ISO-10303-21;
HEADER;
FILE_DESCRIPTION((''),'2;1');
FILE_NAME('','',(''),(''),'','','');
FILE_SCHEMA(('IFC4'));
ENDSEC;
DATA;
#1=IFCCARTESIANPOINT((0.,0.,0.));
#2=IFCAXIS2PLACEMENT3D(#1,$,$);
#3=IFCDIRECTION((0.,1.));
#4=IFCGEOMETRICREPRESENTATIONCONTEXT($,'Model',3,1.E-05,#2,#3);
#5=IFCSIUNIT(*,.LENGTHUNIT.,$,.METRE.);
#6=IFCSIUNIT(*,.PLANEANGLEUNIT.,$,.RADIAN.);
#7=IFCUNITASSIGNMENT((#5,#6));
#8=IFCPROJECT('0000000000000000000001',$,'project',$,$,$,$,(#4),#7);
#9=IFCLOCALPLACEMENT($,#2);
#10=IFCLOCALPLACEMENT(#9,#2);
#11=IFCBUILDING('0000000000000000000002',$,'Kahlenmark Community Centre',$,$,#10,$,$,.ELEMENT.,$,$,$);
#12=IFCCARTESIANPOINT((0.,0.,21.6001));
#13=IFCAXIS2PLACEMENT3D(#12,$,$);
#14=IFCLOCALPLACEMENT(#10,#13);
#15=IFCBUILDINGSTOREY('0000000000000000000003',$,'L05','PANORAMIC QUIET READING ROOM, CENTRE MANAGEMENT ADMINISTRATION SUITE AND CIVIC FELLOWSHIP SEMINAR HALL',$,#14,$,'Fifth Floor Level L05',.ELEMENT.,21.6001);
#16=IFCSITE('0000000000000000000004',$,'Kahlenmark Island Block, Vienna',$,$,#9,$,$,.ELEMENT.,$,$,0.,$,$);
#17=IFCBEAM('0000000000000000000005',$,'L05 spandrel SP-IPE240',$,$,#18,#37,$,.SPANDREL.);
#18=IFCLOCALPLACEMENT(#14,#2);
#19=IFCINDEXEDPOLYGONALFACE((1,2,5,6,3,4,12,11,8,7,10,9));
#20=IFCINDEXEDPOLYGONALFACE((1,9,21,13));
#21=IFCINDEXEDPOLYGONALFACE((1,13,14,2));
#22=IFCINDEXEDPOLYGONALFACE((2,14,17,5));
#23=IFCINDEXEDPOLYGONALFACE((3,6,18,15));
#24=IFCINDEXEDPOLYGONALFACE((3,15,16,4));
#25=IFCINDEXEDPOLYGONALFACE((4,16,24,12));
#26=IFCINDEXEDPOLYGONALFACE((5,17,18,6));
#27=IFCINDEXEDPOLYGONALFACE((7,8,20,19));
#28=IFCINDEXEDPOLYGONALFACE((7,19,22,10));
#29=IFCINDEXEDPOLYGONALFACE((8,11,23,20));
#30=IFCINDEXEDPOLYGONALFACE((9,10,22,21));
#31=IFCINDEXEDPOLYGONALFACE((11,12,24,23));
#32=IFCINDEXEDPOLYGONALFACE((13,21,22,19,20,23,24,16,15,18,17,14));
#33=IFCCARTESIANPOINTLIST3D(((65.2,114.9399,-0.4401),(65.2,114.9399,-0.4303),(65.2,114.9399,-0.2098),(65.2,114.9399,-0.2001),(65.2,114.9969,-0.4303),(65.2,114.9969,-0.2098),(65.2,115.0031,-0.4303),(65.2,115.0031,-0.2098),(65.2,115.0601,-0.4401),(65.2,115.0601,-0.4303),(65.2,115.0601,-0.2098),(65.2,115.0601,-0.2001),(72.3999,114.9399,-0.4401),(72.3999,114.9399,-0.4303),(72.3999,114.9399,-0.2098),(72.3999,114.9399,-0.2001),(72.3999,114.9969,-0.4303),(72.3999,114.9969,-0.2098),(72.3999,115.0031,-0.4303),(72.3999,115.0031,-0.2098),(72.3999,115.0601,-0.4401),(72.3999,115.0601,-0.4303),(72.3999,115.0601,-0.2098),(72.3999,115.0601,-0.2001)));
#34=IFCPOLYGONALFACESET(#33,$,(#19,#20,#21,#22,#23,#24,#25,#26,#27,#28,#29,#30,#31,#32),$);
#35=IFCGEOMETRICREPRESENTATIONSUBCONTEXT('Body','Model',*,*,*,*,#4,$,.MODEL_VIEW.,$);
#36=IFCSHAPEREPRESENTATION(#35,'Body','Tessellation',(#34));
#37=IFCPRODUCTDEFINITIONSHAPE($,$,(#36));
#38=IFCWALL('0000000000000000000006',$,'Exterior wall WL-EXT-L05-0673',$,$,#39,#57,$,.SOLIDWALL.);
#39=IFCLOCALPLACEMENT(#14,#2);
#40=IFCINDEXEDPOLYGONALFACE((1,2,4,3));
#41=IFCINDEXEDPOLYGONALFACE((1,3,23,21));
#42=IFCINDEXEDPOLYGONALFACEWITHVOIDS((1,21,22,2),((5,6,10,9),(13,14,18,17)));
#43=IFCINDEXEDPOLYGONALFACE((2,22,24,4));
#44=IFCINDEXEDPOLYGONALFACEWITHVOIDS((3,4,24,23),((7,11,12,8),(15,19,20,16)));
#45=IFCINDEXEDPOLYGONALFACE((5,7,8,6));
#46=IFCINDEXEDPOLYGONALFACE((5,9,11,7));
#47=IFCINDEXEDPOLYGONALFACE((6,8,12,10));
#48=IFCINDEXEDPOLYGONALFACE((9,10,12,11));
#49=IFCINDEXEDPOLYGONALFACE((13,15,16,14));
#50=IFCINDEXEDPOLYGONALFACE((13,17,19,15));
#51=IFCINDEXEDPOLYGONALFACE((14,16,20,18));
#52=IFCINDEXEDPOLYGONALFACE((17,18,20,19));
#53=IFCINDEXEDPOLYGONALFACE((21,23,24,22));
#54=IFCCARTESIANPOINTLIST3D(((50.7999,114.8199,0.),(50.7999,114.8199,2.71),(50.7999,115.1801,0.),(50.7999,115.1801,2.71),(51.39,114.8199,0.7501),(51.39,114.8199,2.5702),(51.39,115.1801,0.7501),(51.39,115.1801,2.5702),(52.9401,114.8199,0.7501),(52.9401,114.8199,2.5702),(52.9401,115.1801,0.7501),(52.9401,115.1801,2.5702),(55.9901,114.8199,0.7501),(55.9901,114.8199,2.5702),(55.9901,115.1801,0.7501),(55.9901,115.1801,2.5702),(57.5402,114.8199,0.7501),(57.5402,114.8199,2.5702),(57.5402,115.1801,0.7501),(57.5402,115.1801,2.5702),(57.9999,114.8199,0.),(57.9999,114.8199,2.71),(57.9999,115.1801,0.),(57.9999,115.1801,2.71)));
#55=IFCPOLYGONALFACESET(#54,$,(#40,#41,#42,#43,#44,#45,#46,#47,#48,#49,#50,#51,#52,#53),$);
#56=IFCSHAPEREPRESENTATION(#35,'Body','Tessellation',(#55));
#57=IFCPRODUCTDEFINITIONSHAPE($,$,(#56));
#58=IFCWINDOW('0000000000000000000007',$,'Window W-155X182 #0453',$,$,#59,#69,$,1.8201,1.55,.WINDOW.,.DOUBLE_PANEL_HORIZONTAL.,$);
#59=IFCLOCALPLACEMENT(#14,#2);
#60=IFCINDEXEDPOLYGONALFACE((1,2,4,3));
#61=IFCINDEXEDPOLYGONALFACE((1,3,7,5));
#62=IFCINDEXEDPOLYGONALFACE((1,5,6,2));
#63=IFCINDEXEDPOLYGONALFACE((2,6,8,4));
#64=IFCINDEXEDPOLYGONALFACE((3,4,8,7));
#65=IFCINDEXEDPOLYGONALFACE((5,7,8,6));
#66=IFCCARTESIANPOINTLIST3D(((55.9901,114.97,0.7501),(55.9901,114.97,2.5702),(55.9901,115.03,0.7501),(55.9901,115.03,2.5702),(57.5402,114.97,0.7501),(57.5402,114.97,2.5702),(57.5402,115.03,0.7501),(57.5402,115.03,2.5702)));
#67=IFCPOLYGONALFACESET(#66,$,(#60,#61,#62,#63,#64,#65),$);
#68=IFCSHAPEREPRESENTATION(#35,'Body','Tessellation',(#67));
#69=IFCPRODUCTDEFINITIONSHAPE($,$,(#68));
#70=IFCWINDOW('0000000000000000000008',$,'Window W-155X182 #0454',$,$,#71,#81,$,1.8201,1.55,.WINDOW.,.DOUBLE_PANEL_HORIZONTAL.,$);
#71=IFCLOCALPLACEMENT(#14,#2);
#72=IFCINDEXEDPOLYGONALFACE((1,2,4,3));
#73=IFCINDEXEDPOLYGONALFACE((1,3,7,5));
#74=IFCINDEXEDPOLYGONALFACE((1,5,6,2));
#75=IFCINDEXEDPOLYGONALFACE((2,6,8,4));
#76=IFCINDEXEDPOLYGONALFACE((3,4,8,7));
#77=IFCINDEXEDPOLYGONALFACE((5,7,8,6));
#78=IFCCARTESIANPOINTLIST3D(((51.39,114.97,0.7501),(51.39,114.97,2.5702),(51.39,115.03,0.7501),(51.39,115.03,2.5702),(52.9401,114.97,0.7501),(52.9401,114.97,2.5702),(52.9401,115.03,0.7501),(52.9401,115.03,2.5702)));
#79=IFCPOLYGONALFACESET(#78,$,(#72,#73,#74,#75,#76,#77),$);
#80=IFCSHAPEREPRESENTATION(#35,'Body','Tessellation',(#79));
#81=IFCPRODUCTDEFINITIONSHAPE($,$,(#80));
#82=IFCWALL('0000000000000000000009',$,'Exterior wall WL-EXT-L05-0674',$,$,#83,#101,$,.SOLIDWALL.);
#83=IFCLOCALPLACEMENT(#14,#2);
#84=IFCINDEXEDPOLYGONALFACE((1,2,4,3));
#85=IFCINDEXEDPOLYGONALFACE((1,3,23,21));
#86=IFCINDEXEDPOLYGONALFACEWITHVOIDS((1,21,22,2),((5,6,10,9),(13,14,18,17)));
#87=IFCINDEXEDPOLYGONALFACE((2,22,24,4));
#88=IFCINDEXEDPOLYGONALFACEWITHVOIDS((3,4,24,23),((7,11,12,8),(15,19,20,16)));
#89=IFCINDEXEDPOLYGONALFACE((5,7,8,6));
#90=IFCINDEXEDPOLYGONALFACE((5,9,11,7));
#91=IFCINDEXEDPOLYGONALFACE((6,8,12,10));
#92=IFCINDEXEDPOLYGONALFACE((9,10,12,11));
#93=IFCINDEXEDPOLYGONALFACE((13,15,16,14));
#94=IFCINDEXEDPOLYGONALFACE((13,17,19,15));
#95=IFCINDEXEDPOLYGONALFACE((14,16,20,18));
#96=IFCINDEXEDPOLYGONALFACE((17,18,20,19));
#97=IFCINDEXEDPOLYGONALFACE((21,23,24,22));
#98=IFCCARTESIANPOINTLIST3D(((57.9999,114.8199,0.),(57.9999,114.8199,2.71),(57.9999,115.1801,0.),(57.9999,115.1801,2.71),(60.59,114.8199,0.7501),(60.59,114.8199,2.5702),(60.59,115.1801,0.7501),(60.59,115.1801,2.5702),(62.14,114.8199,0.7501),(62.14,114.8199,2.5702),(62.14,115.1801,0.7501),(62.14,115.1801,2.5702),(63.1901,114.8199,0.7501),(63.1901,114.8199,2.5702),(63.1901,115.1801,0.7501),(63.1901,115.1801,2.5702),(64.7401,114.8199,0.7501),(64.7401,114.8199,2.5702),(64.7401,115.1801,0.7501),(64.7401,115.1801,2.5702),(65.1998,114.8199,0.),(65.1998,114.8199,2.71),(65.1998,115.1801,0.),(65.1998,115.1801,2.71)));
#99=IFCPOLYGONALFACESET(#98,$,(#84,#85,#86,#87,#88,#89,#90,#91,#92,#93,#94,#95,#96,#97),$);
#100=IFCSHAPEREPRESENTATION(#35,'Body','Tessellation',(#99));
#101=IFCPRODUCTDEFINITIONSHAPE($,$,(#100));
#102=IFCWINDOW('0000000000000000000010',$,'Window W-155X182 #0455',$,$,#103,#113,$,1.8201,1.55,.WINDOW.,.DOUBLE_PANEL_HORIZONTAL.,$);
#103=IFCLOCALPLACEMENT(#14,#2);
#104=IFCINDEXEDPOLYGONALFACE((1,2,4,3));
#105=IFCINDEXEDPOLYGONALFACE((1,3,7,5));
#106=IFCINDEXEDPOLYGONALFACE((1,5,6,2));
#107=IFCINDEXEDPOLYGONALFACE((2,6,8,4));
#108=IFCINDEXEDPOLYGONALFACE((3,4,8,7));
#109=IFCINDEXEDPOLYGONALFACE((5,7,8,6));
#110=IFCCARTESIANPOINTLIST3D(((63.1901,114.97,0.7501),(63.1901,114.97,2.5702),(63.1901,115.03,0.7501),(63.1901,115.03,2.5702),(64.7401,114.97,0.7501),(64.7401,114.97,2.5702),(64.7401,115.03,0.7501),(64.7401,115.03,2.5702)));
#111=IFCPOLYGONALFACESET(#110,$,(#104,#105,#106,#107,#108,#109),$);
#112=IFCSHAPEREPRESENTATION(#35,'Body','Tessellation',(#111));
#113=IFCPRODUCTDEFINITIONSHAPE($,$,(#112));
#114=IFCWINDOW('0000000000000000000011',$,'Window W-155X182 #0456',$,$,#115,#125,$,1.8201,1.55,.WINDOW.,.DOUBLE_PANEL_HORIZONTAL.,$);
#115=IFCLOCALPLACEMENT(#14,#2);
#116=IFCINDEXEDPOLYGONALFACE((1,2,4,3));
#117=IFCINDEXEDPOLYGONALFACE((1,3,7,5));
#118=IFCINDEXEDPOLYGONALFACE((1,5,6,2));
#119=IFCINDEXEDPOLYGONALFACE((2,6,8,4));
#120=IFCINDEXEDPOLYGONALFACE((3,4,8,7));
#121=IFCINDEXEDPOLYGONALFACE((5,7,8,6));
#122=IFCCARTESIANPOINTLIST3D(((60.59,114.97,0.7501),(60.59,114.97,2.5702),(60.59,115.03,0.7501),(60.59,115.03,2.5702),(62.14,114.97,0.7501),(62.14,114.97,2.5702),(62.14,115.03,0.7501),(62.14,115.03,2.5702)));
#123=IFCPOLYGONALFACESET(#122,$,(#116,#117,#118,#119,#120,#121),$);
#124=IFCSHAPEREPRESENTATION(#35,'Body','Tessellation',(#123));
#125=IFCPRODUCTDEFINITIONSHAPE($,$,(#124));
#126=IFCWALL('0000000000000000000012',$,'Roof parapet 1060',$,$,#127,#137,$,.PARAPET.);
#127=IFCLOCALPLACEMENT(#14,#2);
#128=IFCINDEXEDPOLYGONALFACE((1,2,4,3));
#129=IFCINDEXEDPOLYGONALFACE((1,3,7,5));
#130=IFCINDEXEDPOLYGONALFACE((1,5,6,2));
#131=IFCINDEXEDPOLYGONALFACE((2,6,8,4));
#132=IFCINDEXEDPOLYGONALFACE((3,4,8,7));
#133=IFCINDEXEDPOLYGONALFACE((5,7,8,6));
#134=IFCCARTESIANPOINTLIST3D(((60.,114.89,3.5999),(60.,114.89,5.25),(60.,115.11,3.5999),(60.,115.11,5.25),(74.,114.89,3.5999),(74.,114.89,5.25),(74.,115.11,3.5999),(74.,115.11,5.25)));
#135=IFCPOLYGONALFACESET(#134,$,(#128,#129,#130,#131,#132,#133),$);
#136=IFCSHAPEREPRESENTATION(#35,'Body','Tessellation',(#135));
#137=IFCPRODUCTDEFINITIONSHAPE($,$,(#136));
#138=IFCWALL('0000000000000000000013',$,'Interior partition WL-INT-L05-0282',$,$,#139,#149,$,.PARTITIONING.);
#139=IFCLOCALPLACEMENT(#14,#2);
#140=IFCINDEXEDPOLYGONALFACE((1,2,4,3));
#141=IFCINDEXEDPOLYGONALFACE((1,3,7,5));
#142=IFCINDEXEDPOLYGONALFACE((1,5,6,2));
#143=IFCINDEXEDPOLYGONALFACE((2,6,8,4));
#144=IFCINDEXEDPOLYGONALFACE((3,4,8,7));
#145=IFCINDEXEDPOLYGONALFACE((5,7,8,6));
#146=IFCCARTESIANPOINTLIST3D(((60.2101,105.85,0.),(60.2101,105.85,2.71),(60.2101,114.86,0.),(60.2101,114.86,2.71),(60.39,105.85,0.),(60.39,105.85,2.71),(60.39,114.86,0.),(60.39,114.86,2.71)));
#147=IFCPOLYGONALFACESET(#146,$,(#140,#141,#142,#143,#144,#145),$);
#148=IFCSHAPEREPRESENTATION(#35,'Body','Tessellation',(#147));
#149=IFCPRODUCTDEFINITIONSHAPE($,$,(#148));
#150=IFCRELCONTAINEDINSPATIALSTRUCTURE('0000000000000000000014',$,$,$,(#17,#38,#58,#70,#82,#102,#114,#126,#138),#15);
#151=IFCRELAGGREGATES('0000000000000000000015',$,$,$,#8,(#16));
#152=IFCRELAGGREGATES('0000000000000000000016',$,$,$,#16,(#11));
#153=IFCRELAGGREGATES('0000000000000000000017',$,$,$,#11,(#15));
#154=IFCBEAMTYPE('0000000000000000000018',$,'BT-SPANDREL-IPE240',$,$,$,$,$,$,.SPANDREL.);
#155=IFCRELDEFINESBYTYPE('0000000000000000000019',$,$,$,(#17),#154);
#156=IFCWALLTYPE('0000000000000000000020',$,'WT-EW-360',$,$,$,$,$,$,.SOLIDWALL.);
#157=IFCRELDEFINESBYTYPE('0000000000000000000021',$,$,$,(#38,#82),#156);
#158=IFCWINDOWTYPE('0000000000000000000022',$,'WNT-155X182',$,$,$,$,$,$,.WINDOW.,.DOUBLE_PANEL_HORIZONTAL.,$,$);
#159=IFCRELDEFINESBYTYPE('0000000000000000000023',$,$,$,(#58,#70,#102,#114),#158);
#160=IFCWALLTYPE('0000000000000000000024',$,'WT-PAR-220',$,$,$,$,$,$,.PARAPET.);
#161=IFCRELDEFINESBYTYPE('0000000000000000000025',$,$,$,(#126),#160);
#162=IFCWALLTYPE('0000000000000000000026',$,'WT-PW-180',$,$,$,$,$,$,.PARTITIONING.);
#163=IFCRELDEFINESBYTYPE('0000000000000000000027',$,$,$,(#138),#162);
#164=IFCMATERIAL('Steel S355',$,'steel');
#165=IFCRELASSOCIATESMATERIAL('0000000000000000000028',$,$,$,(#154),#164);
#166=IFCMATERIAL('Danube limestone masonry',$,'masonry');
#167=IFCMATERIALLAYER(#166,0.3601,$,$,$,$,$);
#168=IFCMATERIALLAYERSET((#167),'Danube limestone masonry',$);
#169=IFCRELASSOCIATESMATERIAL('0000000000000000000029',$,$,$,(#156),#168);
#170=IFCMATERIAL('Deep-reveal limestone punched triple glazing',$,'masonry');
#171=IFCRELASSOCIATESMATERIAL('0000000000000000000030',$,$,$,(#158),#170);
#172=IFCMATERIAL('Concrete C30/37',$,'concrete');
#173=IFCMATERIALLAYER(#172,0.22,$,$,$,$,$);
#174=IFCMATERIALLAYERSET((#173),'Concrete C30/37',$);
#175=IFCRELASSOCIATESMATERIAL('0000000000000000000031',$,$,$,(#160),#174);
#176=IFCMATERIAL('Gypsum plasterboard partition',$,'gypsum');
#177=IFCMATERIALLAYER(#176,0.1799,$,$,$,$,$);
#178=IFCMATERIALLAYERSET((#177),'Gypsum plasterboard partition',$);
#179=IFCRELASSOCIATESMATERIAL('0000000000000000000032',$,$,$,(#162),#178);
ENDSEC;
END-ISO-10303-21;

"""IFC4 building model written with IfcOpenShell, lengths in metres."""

from ifc_helpers import new_model, si_unit, direction, frame, frame_2d, origin, origin_2d, place, context, subcontext, project, spatial, rectangle, i_section, extrude, material, layer, layer_set, material_profile, profile_set, type_object, element, fill, save


model = new_model("IFC4")

# Units and contexts
model_context = context("Model", 3, precision=1e-05, world=origin(), true_north=direction((0.0, 1.0)))
body_context = subcontext(model_context, "Body", "Model", "MODEL_VIEW")
ifc_project = project(units=[si_unit("LENGTHUNIT", "METRE"), si_unit("PLANEANGLEUNIT", "RADIAN")], contexts=[model_context])

# Site, building, storey
site_placement = place(None, origin())
site = spatial("IfcSite", under=ifc_project, at=site_placement, Name="Kahlenmark Island Block, Vienna", CompositionType="ELEMENT", RefElevation=0.0)
building_placement = place(site_placement, origin())
building = spatial("IfcBuilding", under=site, at=building_placement, Name="Kahlenmark Community Centre", CompositionType="ELEMENT")
storey_placement = place(building_placement, frame((0.0, 0.0, 21.6001)))
storey = spatial("IfcBuildingStorey", under=building, at=storey_placement, Name="L05", Description="PANORAMIC QUIET READING ROOM, CENTRE MANAGEMENT ADMINISTRATION SUITE AND CIVIC FELLOWSHIP SEMINAR HALL", LongName="Fifth Floor Level L05", CompositionType="ELEMENT", Elevation=21.6001)

# Beam
ifc_material_1 = material(Name="Steel S355", Category="steel")
ifc_material_profile_1 = material_profile(ifc_material_1, i_section(OverallWidth=0.1201, OverallDepth=0.24, WebThickness=0.0061, FlangeThickness=0.0098, at=origin_2d()), Name="IPE 240")
ifc_profile_set_1 = profile_set([ifc_material_profile_1], Name="Steel S355")
beam_type_1 = type_object("IfcBeamType", Name="BT-SPANDREL-IPE240", PredefinedType="SPANDREL", material=ifc_profile_set_1)
for number, where, z_axis, x_axis, name in (
    (1, (65.2, 115.0, -0.3201), (1.0, 0.0, 0.0), (0.0, 1.0, 0.0), "L05 spandrel SP-IPE240"),
):
    element("IfcBeam", number, at=place(storey_placement, frame(where, z_axis=z_axis, x_axis=x_axis)), inside=storey, type_object=beam_type_1, Name=name, PredefinedType="SPANDREL", context=body_context, shape_type="SweptSolid", body=[
        extrude(i_section(OverallWidth=0.1201, OverallDepth=0.24, WebThickness=0.0061, FlangeThickness=0.0098, at=origin_2d()), origin(), (0.0, 0.0, 1.0), 7.2),
    ])

# Walls, openings, windows
ifc_material_2 = material(Name="Danube limestone masonry", Category="masonry")
ifc_layer_1 = layer(ifc_material_2, 0.3601)
ifc_layer_set_1 = layer_set([ifc_layer_1], Name="Danube limestone masonry")
wall_type_1 = type_object("IfcWallType", Name="WT-EW-360", PredefinedType="SOLIDWALL", material=ifc_layer_set_1)
wall_1_placement = place(storey_placement, frame((58.0, 115.0, 0.0), z_axis=(0.0, 0.0, 1.0), x_axis=(-1.0, 0.0, 0.0)))
wall_1 = element("IfcWall", 2, at=wall_1_placement, inside=storey, type_object=wall_type_1, Name="Exterior wall WL-EXT-L05-0673", PredefinedType="SOLIDWALL", context=body_context, shape_type="SweptSolid", body=[
    extrude(rectangle(XDim=7.2, YDim=0.3601, at=frame_2d((3.6001, 0.0))), origin(), (0.0, 0.0, 1.0), 2.71),
])
opening_1_placement = place(wall_1_placement, frame((0.46, 0.0, 0.75)))
opening_1 = element("IfcOpeningElement", 3, at=opening_1_placement, cuts=wall_1, PredefinedType="OPENING", context=body_context, shape_type="SweptSolid", body=[
    extrude(rectangle(XDim=1.55, YDim=1.8201, at=frame_2d((0.7749, 0.9102))), frame((0.0, 0.1899, 0.0), z_axis=(0.0, -1.0, 0.0), x_axis=(1.0, 0.0, 0.0)), (0.0, 0.0, 1.0), 0.3801),
])
opening_2_placement = place(wall_1_placement, frame((5.0601, 0.0, 0.75)))
opening_2 = element("IfcOpeningElement", 4, at=opening_2_placement, cuts=wall_1, PredefinedType="OPENING", context=body_context, shape_type="SweptSolid", body=[
    extrude(rectangle(XDim=1.55, YDim=1.8201, at=frame_2d((0.7749, 0.9102))), frame((0.0, 0.1899, 0.0), z_axis=(0.0, -1.0, 0.0), x_axis=(1.0, 0.0, 0.0)), (0.0, 0.0, 1.0), 0.3801),
])
ifc_material_3 = material(Name="Deep-reveal limestone punched triple glazing", Category="masonry")
window_type = type_object("IfcWindowType", Name="WNT-155X182", PartitioningType="DOUBLE_PANEL_HORIZONTAL", PredefinedType="WINDOW", material=ifc_material_3)
window_1_placement = place(opening_1_placement, origin())
window_1 = element("IfcWindow", 5, at=window_1_placement, inside=storey, type_object=window_type, Name="Window W-155X182 #0453", OverallHeight=1.8201, OverallWidth=1.55, PartitioningType="DOUBLE_PANEL_HORIZONTAL", PredefinedType="WINDOW", context=body_context, shape_type="SweptSolid", body=[
    extrude(rectangle(XDim=1.55, YDim=1.8201, at=frame_2d((0.7749, 0.9102))), frame((0.0, 0.03, 0.0), z_axis=(0.0, -1.0, 0.0), x_axis=(1.0, 0.0, 0.0)), (0.0, 0.0, 1.0), 0.0601),
])
fill(opening_1, window_1)
window_2_placement = place(opening_2_placement, origin())
window_2 = element("IfcWindow", 6, at=window_2_placement, inside=storey, type_object=window_type, Name="Window W-155X182 #0454", OverallHeight=1.8201, OverallWidth=1.55, PartitioningType="DOUBLE_PANEL_HORIZONTAL", PredefinedType="WINDOW", context=body_context, shape_type="SweptSolid", body=[
    extrude(rectangle(XDim=1.55, YDim=1.8201, at=frame_2d((0.7749, 0.9102))), frame((0.0, 0.03, 0.0), z_axis=(0.0, -1.0, 0.0), x_axis=(1.0, 0.0, 0.0)), (0.0, 0.0, 1.0), 0.0601),
])
fill(opening_2, window_2)
wall_2_placement = place(storey_placement, frame((65.2, 115.0, 0.0), z_axis=(0.0, 0.0, 1.0), x_axis=(-1.0, 0.0, 0.0)))
wall_2 = element("IfcWall", 7, at=wall_2_placement, inside=storey, type_object=wall_type_1, Name="Exterior wall WL-EXT-L05-0674", PredefinedType="SOLIDWALL", context=body_context, shape_type="SweptSolid", body=[
    extrude(rectangle(XDim=7.2, YDim=0.3601, at=frame_2d((3.6001, 0.0))), origin(), (0.0, 0.0, 1.0), 2.71),
])
opening_3_placement = place(wall_2_placement, frame((0.46, 0.0, 0.75)))
opening_3 = element("IfcOpeningElement", 8, at=opening_3_placement, cuts=wall_2, PredefinedType="OPENING", context=body_context, shape_type="SweptSolid", body=[
    extrude(rectangle(XDim=1.55, YDim=1.8201, at=frame_2d((0.7749, 0.9102))), frame((0.0, 0.1899, 0.0), z_axis=(0.0, -1.0, 0.0), x_axis=(1.0, 0.0, 0.0)), (0.0, 0.0, 1.0), 0.3801),
])
opening_4_placement = place(wall_2_placement, frame((3.0601, 0.0, 0.75)))
opening_4 = element("IfcOpeningElement", 9, at=opening_4_placement, cuts=wall_2, PredefinedType="OPENING", context=body_context, shape_type="SweptSolid", body=[
    extrude(rectangle(XDim=1.55, YDim=1.8201, at=frame_2d((0.7749, 0.9102))), frame((0.0, 0.1899, 0.0), z_axis=(0.0, -1.0, 0.0), x_axis=(1.0, 0.0, 0.0)), (0.0, 0.0, 1.0), 0.3801),
])
window_3_placement = place(opening_3_placement, origin())
window_3 = element("IfcWindow", 10, at=window_3_placement, inside=storey, type_object=window_type, Name="Window W-155X182 #0455", OverallHeight=1.8201, OverallWidth=1.55, PartitioningType="DOUBLE_PANEL_HORIZONTAL", PredefinedType="WINDOW", context=body_context, shape_type="SweptSolid", body=[
    extrude(rectangle(XDim=1.55, YDim=1.8201, at=frame_2d((0.7749, 0.9102))), frame((0.0, 0.03, 0.0), z_axis=(0.0, -1.0, 0.0), x_axis=(1.0, 0.0, 0.0)), (0.0, 0.0, 1.0), 0.0601),
])
fill(opening_3, window_3)
window_4_placement = place(opening_4_placement, origin())
window_4 = element("IfcWindow", 11, at=window_4_placement, inside=storey, type_object=window_type, Name="Window W-155X182 #0456", OverallHeight=1.8201, OverallWidth=1.55, PartitioningType="DOUBLE_PANEL_HORIZONTAL", PredefinedType="WINDOW", context=body_context, shape_type="SweptSolid", body=[
    extrude(rectangle(XDim=1.55, YDim=1.8201, at=frame_2d((0.7749, 0.9102))), frame((0.0, 0.03, 0.0), z_axis=(0.0, -1.0, 0.0), x_axis=(1.0, 0.0, 0.0)), (0.0, 0.0, 1.0), 0.0601),
])
fill(opening_4, window_4)

# Walls
ifc_material_4 = material(Name="Concrete C30/37", Category="concrete")
ifc_layer_2 = layer(ifc_material_4, 0.22)
ifc_layer_set_2 = layer_set([ifc_layer_2], Name="Concrete C30/37")
wall_type_2 = type_object("IfcWallType", Name="WT-PAR-220", PredefinedType="PARAPET", material=ifc_layer_set_2)
wall_3_placement = place(storey_placement, frame((60.0, 115.0, 3.5999), z_axis=(0.0, 0.0, 1.0), x_axis=(1.0, 0.0, 0.0)))
element("IfcWall", 12, at=wall_3_placement, inside=storey, type_object=wall_type_2, Name="Roof parapet 1060", PredefinedType="PARAPET", context=body_context, shape_type="SweptSolid", body=[
    extrude(rectangle(XDim=14.0, YDim=0.22, at=frame_2d((7.0, 0.0))), origin(), (0.0, 0.0, 1.0), 1.6501),
])
ifc_material_5 = material(Name="Gypsum plasterboard partition", Category="gypsum")
ifc_layer_3 = layer(ifc_material_5, 0.1799)
ifc_layer_set_3 = layer_set([ifc_layer_3], Name="Gypsum plasterboard partition")
wall_type_3 = type_object("IfcWallType", Name="WT-PW-180", PredefinedType="PARTITIONING", material=ifc_layer_set_3)
wall_4_placement = place(storey_placement, frame((60.3, 105.8501, 0.0), z_axis=(0.0, 0.0, 1.0), x_axis=(0.0, 1.0, 0.0)))
element("IfcWall", 13, at=wall_4_placement, inside=storey, type_object=wall_type_3, Name="Interior partition WL-INT-L05-0282", PredefinedType="PARTITIONING", context=body_context, shape_type="SweptSolid", body=[
    extrude(rectangle(XDim=9.01, YDim=0.1799, at=frame_2d((4.5049, 0.0))), origin(), (0.0, 0.0, 1.0), 2.71),
])

save(model, "model.ifc")
